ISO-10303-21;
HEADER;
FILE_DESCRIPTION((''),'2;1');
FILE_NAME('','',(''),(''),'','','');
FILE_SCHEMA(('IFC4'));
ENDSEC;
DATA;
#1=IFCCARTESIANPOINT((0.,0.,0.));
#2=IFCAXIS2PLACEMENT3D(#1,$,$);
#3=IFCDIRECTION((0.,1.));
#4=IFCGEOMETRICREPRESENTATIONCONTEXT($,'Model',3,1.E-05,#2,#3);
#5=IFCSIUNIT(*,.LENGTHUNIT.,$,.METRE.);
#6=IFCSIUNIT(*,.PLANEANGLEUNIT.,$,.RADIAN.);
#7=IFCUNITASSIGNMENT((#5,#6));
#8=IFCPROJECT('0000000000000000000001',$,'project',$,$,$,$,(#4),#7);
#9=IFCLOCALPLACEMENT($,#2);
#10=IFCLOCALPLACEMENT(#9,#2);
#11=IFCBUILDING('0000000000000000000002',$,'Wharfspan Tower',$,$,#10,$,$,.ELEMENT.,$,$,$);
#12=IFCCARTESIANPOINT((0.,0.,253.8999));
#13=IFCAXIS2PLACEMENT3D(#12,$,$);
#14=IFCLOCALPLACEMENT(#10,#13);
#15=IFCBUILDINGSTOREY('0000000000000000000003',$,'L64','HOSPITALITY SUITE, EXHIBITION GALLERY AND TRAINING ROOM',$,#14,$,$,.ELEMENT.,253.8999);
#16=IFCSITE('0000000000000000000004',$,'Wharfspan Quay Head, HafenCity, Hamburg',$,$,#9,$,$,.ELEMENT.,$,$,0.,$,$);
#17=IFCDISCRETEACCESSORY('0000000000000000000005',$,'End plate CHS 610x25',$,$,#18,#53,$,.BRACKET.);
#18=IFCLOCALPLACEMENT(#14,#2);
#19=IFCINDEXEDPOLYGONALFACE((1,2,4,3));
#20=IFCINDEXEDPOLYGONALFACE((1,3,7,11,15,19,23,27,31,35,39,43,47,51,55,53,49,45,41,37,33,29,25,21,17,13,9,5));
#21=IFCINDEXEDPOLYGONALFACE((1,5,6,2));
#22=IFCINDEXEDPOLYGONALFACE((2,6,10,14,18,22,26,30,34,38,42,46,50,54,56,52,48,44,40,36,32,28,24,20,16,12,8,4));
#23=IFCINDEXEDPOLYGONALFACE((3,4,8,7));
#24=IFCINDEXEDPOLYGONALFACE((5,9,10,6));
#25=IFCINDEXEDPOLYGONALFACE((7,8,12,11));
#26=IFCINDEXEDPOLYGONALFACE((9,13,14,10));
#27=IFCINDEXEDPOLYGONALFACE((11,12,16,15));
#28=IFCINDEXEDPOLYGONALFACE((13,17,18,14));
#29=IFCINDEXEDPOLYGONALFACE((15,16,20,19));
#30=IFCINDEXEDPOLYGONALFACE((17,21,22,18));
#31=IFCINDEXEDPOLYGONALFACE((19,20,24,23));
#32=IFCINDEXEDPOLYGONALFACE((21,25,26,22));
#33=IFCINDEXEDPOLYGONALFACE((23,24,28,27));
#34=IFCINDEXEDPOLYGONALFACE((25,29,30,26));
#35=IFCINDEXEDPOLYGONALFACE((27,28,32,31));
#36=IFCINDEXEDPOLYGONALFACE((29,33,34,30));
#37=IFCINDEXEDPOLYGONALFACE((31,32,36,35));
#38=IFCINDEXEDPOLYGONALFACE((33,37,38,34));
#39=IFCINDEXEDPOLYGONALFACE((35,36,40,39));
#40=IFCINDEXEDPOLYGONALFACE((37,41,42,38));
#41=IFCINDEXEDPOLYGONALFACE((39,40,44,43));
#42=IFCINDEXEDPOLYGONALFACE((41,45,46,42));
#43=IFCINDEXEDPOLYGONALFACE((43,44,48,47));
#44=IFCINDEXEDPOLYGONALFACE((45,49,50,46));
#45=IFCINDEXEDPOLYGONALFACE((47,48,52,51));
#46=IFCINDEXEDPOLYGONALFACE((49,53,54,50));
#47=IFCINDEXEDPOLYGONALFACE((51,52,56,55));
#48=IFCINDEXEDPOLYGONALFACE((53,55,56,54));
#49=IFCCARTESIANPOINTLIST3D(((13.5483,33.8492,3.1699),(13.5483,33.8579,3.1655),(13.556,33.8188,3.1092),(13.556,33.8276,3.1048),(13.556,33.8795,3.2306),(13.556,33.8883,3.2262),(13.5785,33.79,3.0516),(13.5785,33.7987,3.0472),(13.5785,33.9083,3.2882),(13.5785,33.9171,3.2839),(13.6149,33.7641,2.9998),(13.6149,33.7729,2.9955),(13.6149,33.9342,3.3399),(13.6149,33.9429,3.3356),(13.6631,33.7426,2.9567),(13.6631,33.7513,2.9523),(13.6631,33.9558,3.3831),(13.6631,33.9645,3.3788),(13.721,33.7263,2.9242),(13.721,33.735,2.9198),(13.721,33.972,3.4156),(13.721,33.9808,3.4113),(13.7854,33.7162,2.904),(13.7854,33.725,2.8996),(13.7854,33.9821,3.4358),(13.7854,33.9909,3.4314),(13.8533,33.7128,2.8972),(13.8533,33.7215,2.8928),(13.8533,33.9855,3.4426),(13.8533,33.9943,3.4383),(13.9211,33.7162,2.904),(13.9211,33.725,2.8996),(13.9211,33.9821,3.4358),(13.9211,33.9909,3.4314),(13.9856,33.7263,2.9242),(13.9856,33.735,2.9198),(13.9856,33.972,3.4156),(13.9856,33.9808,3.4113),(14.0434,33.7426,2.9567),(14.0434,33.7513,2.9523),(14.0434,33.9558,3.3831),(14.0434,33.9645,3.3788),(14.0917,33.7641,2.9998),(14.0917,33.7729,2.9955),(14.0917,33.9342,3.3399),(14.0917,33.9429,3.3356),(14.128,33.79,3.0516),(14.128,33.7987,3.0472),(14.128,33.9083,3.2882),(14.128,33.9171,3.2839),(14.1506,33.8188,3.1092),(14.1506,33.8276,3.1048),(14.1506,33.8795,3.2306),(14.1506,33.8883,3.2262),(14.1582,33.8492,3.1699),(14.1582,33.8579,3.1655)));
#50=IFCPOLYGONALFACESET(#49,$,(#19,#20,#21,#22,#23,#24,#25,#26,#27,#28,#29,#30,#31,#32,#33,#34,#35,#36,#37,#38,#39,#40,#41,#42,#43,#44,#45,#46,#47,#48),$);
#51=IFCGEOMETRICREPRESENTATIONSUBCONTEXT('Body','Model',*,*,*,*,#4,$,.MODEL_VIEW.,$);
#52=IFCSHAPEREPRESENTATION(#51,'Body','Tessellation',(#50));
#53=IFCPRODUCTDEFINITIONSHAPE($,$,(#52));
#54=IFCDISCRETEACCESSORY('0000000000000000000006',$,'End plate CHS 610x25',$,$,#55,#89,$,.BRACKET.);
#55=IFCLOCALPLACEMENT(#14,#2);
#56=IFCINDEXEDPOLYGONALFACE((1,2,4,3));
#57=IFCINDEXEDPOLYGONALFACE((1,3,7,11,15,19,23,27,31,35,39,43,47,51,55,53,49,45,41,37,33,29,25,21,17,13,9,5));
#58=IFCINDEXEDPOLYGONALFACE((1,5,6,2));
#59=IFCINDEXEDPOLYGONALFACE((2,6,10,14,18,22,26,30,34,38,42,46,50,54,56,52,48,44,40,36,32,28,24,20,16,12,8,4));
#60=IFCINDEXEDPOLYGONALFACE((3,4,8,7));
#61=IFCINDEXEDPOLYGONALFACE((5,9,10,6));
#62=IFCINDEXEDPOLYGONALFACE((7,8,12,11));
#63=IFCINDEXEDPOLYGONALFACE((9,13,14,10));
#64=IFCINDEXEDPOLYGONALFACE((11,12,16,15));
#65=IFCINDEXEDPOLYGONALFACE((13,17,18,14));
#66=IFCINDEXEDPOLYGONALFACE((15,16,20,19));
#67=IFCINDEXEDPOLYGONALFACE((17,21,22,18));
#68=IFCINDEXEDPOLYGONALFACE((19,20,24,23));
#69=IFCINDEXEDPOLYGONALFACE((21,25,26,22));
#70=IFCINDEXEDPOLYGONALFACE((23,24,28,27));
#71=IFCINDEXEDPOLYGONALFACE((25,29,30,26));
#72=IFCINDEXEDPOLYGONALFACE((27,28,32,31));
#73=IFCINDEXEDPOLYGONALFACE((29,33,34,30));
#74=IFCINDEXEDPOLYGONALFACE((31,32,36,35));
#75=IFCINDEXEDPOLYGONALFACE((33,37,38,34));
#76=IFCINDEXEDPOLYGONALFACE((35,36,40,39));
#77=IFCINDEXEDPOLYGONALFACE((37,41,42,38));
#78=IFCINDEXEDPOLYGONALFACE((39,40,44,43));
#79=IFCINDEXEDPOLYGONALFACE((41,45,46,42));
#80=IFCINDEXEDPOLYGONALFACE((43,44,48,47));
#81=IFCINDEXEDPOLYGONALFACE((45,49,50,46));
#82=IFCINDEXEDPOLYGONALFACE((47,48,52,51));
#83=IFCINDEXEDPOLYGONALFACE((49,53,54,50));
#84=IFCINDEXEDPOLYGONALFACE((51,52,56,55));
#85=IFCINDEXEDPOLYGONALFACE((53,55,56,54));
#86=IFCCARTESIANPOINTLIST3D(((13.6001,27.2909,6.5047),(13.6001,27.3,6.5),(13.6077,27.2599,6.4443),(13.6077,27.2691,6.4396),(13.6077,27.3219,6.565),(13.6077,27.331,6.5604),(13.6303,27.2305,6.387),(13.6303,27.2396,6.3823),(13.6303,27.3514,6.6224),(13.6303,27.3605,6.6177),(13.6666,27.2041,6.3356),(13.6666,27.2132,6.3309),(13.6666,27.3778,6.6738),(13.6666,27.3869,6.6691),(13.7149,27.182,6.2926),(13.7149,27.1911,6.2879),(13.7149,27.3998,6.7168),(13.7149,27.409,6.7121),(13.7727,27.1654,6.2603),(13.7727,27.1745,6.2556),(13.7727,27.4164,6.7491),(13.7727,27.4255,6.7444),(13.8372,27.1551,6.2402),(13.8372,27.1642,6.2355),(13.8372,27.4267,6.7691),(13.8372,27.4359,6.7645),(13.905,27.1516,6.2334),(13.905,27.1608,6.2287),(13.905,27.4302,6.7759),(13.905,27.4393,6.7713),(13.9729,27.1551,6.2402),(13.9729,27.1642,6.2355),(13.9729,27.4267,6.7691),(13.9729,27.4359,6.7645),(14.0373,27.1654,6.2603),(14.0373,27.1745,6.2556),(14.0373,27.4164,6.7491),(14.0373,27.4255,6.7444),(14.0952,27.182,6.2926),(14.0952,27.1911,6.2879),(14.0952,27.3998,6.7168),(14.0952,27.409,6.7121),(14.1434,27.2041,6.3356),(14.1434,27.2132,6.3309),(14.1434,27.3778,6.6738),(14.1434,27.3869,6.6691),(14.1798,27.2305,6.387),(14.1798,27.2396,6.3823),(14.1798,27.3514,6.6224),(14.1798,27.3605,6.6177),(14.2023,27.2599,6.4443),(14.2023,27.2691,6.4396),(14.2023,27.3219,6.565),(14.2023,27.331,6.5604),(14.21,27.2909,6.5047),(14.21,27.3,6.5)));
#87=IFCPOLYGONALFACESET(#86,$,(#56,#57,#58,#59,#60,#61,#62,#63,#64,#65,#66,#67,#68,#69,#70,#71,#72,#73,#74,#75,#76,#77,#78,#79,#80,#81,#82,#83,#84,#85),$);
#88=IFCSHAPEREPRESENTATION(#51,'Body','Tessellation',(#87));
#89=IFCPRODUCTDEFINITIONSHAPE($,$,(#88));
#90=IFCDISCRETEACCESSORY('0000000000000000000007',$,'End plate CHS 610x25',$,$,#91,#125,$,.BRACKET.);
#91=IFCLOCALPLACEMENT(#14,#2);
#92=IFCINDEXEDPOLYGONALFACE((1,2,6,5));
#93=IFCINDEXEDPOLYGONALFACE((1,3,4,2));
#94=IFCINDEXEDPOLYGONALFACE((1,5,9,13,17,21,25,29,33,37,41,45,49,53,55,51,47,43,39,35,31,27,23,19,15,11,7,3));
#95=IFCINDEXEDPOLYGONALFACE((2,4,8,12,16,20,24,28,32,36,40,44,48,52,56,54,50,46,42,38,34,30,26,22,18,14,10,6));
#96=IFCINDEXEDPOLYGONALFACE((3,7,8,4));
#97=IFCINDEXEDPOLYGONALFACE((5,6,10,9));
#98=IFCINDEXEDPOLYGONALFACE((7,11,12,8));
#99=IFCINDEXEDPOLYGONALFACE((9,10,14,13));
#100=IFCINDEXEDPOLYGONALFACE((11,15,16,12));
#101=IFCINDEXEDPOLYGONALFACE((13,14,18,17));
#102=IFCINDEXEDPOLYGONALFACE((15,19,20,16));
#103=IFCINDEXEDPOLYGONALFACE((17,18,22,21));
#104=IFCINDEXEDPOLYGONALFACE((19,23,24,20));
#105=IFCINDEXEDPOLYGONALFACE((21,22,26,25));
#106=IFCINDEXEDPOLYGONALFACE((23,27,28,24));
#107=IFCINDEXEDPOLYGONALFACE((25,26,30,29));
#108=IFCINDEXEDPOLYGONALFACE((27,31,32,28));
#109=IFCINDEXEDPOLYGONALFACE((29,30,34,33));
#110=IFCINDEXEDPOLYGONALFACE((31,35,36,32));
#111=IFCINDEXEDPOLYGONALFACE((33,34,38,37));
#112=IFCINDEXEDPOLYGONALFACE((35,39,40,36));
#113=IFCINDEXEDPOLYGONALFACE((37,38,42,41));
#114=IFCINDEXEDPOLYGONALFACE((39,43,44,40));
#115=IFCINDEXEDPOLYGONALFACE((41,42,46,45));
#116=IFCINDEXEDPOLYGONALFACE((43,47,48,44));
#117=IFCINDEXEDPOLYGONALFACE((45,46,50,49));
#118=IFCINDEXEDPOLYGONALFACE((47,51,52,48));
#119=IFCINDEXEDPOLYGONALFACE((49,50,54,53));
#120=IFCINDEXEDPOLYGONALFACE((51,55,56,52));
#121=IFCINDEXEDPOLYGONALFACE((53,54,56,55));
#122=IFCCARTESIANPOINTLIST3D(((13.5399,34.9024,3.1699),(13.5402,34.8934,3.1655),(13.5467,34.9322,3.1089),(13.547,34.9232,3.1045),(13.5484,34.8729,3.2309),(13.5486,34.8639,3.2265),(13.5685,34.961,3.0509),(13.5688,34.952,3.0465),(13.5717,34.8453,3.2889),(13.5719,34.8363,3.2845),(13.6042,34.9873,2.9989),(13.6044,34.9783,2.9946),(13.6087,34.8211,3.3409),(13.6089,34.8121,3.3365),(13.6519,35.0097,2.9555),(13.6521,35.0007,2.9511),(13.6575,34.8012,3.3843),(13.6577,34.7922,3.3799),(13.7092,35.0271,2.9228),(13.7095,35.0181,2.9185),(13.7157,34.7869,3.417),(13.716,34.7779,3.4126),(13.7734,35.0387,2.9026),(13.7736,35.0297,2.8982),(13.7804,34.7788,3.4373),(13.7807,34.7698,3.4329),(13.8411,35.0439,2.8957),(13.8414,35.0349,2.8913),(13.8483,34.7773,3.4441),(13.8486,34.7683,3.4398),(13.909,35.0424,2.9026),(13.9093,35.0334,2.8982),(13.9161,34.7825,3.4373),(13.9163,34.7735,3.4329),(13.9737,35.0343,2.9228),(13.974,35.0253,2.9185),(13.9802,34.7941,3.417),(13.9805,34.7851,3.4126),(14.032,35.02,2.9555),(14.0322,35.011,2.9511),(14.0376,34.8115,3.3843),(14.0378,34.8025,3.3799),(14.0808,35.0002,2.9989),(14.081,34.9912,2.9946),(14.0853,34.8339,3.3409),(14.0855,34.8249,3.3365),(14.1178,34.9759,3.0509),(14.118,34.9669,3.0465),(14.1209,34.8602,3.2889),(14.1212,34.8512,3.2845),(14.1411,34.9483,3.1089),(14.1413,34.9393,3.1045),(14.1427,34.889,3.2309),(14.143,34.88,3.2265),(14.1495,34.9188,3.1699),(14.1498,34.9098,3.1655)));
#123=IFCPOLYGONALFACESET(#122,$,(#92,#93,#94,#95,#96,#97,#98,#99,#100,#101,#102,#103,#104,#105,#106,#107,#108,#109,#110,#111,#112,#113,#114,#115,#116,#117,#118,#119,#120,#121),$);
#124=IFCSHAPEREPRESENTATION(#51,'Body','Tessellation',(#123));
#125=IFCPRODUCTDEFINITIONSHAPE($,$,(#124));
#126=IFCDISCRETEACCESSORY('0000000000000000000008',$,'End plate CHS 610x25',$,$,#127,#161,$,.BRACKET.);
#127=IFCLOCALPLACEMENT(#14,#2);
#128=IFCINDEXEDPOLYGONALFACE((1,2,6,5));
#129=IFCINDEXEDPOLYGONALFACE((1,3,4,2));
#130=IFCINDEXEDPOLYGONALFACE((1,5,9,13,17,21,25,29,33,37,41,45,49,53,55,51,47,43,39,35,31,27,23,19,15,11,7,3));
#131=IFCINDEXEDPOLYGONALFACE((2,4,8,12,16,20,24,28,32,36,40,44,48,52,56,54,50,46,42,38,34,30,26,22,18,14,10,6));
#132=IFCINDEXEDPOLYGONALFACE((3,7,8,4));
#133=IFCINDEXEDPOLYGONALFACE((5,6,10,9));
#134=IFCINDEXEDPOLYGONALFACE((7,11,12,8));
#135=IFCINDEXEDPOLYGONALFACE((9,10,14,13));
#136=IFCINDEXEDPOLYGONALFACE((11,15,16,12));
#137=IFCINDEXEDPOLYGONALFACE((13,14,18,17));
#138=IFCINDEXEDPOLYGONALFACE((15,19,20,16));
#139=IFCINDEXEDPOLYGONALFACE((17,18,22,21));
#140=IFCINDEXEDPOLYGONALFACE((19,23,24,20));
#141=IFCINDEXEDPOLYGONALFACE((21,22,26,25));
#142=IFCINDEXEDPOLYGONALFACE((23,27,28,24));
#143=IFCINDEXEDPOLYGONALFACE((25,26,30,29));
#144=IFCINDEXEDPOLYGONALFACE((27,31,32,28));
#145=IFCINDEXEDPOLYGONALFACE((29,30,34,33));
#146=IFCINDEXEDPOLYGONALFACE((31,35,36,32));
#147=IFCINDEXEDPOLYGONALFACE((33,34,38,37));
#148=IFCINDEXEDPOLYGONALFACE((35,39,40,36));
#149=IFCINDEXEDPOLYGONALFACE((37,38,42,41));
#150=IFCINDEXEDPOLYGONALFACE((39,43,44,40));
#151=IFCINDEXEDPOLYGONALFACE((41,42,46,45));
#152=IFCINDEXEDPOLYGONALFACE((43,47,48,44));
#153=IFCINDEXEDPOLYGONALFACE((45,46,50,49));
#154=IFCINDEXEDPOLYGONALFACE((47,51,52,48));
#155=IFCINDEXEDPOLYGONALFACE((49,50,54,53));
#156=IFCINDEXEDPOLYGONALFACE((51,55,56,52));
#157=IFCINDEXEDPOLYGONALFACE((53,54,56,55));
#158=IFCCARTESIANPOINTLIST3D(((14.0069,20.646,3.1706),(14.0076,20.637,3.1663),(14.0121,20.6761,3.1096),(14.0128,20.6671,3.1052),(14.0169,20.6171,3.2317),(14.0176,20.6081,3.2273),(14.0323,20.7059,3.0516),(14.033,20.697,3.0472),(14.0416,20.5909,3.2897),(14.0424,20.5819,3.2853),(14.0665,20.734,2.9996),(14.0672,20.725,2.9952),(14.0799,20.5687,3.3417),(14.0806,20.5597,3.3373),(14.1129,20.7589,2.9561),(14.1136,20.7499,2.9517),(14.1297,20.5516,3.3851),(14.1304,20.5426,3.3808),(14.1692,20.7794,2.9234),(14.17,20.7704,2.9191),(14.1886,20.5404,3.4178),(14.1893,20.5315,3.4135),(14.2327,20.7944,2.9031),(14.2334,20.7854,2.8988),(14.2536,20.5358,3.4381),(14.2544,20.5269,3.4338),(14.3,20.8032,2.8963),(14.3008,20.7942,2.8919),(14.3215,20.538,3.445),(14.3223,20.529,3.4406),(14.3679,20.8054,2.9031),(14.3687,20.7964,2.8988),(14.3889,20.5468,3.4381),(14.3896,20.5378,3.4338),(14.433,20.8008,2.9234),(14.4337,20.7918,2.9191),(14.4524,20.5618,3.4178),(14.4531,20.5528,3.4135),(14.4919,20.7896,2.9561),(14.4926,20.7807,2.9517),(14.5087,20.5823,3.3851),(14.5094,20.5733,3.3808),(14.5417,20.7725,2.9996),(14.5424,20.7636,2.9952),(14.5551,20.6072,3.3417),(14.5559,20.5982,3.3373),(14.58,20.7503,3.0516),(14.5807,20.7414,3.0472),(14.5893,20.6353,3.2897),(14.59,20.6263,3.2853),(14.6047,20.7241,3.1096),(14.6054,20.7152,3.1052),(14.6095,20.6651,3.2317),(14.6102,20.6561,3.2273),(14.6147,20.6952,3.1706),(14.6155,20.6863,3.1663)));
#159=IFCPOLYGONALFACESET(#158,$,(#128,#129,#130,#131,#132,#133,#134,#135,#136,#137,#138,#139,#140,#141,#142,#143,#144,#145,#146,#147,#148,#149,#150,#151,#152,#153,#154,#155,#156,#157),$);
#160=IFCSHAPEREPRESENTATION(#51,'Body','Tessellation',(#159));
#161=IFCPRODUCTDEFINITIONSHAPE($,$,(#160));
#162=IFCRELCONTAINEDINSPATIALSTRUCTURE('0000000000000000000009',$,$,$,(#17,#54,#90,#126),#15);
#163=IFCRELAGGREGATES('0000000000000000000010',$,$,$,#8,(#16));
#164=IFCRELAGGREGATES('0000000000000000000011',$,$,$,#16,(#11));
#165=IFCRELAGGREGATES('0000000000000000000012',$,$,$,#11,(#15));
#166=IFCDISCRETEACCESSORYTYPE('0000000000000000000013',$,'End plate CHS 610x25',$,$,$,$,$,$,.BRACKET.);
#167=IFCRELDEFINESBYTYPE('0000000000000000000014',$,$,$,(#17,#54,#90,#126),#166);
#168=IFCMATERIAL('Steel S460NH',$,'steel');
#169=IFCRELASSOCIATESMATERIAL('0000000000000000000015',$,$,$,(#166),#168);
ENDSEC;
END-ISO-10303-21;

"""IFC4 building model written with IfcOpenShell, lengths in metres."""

from ifc_helpers import new_model, si_unit, direction, frame, origin, origin_2d, place, context, subcontext, project, spatial, circle, extrude, material, material_profile, profile_set, type_object, element, save


model = new_model("IFC4")

# Units and contexts
model_context = context("Model", 3, precision=1e-05, world=origin(), true_north=direction((0.0, 1.0)))
body_context = subcontext(model_context, "Body", "Model", "MODEL_VIEW")
ifc_project = project(units=[si_unit("LENGTHUNIT", "METRE"), si_unit("PLANEANGLEUNIT", "RADIAN")], contexts=[model_context])

# Site, building, storey
site_placement = place(None, origin())
site = spatial("IfcSite", under=ifc_project, at=site_placement, Name="Wharfspan Quay Head, HafenCity, Hamburg", CompositionType="ELEMENT", RefElevation=0.0)
building_placement = place(site_placement, origin())
building = spatial("IfcBuilding", under=site, at=building_placement, Name="Wharfspan Tower", CompositionType="ELEMENT")
storey_placement = place(building_placement, frame((0.0, 0.0, 253.8999)))
storey = spatial("IfcBuildingStorey", under=building, at=storey_placement, Name="L64", Description="HOSPITALITY SUITE, EXHIBITION GALLERY AND TRAINING ROOM", CompositionType="ELEMENT", Elevation=253.8999)

# Shared definitions
ifc_material_1 = material(Name="Steel S460NH", Category="steel")

# Discrete accessories
ifc_material_profile_1 = material_profile(ifc_material_1, circle(Radius=0.3049, at=origin_2d()))
ifc_profile_set_1 = profile_set([ifc_material_profile_1], Name="Steel S460NH")
discrete_accessory_type = type_object("IfcDiscreteAccessoryType", Name="End plate CHS 610x25", PredefinedType="BRACKET", material=ifc_profile_set_1)
discrete_accessory_1_placement = place(storey_placement, frame((13.8533, 33.8579, 3.1655), z_axis=(0.0, -0.894427, 0.447214), x_axis=(1.0, 0.0, 0.0)))
element("IfcDiscreteAccessory", 1, at=discrete_accessory_1_placement, inside=storey, type_object=discrete_accessory_type, Name="End plate CHS 610x25", PredefinedType="BRACKET", context=body_context, shape_type="SweptSolid", body=[
    extrude(circle(Radius=0.3049, at=origin_2d()), origin(), (0.0, 0.0, 1.0), 0.0098),
])
discrete_accessory_2_placement = place(storey_placement, frame((13.905, 27.3, 6.5), z_axis=(0.0, -0.889567, 0.456805), x_axis=(1.0, 0.0, 0.0)))
element("IfcDiscreteAccessory", 2, at=discrete_accessory_2_placement, inside=storey, type_object=discrete_accessory_type, Name="End plate CHS 610x25", PredefinedType="BRACKET", context=body_context, shape_type="SweptSolid", body=[
    extrude(circle(Radius=0.3049, at=origin_2d()), origin(), (0.0, 0.0, 1.0), 0.0103),
])
for number, where, z_axis, x_axis, name in (
    (3, (13.845, 34.9016, 3.1655), (-0.024296, 0.89897, 0.437337), (-0.999631, -0.027017, 0.000001), "End plate CHS 610x25"),
    (4, (14.3115, 20.6616, 3.1663), (-0.072718, 0.896854, 0.436308), (-0.996729, -0.080815, -0.000002), "End plate CHS 610x25"),
):
    element("IfcDiscreteAccessory", number, at=place(storey_placement, frame(where, z_axis=z_axis, x_axis=x_axis)), inside=storey, type_object=discrete_accessory_type, Name=name, PredefinedType="BRACKET", context=body_context, shape_type="SweptSolid", body=[
        extrude(circle(Radius=0.3049, at=origin_2d()), origin(), (0.0, 0.0, 1.0), 0.01),
    ])

save(model, "model.ifc")
